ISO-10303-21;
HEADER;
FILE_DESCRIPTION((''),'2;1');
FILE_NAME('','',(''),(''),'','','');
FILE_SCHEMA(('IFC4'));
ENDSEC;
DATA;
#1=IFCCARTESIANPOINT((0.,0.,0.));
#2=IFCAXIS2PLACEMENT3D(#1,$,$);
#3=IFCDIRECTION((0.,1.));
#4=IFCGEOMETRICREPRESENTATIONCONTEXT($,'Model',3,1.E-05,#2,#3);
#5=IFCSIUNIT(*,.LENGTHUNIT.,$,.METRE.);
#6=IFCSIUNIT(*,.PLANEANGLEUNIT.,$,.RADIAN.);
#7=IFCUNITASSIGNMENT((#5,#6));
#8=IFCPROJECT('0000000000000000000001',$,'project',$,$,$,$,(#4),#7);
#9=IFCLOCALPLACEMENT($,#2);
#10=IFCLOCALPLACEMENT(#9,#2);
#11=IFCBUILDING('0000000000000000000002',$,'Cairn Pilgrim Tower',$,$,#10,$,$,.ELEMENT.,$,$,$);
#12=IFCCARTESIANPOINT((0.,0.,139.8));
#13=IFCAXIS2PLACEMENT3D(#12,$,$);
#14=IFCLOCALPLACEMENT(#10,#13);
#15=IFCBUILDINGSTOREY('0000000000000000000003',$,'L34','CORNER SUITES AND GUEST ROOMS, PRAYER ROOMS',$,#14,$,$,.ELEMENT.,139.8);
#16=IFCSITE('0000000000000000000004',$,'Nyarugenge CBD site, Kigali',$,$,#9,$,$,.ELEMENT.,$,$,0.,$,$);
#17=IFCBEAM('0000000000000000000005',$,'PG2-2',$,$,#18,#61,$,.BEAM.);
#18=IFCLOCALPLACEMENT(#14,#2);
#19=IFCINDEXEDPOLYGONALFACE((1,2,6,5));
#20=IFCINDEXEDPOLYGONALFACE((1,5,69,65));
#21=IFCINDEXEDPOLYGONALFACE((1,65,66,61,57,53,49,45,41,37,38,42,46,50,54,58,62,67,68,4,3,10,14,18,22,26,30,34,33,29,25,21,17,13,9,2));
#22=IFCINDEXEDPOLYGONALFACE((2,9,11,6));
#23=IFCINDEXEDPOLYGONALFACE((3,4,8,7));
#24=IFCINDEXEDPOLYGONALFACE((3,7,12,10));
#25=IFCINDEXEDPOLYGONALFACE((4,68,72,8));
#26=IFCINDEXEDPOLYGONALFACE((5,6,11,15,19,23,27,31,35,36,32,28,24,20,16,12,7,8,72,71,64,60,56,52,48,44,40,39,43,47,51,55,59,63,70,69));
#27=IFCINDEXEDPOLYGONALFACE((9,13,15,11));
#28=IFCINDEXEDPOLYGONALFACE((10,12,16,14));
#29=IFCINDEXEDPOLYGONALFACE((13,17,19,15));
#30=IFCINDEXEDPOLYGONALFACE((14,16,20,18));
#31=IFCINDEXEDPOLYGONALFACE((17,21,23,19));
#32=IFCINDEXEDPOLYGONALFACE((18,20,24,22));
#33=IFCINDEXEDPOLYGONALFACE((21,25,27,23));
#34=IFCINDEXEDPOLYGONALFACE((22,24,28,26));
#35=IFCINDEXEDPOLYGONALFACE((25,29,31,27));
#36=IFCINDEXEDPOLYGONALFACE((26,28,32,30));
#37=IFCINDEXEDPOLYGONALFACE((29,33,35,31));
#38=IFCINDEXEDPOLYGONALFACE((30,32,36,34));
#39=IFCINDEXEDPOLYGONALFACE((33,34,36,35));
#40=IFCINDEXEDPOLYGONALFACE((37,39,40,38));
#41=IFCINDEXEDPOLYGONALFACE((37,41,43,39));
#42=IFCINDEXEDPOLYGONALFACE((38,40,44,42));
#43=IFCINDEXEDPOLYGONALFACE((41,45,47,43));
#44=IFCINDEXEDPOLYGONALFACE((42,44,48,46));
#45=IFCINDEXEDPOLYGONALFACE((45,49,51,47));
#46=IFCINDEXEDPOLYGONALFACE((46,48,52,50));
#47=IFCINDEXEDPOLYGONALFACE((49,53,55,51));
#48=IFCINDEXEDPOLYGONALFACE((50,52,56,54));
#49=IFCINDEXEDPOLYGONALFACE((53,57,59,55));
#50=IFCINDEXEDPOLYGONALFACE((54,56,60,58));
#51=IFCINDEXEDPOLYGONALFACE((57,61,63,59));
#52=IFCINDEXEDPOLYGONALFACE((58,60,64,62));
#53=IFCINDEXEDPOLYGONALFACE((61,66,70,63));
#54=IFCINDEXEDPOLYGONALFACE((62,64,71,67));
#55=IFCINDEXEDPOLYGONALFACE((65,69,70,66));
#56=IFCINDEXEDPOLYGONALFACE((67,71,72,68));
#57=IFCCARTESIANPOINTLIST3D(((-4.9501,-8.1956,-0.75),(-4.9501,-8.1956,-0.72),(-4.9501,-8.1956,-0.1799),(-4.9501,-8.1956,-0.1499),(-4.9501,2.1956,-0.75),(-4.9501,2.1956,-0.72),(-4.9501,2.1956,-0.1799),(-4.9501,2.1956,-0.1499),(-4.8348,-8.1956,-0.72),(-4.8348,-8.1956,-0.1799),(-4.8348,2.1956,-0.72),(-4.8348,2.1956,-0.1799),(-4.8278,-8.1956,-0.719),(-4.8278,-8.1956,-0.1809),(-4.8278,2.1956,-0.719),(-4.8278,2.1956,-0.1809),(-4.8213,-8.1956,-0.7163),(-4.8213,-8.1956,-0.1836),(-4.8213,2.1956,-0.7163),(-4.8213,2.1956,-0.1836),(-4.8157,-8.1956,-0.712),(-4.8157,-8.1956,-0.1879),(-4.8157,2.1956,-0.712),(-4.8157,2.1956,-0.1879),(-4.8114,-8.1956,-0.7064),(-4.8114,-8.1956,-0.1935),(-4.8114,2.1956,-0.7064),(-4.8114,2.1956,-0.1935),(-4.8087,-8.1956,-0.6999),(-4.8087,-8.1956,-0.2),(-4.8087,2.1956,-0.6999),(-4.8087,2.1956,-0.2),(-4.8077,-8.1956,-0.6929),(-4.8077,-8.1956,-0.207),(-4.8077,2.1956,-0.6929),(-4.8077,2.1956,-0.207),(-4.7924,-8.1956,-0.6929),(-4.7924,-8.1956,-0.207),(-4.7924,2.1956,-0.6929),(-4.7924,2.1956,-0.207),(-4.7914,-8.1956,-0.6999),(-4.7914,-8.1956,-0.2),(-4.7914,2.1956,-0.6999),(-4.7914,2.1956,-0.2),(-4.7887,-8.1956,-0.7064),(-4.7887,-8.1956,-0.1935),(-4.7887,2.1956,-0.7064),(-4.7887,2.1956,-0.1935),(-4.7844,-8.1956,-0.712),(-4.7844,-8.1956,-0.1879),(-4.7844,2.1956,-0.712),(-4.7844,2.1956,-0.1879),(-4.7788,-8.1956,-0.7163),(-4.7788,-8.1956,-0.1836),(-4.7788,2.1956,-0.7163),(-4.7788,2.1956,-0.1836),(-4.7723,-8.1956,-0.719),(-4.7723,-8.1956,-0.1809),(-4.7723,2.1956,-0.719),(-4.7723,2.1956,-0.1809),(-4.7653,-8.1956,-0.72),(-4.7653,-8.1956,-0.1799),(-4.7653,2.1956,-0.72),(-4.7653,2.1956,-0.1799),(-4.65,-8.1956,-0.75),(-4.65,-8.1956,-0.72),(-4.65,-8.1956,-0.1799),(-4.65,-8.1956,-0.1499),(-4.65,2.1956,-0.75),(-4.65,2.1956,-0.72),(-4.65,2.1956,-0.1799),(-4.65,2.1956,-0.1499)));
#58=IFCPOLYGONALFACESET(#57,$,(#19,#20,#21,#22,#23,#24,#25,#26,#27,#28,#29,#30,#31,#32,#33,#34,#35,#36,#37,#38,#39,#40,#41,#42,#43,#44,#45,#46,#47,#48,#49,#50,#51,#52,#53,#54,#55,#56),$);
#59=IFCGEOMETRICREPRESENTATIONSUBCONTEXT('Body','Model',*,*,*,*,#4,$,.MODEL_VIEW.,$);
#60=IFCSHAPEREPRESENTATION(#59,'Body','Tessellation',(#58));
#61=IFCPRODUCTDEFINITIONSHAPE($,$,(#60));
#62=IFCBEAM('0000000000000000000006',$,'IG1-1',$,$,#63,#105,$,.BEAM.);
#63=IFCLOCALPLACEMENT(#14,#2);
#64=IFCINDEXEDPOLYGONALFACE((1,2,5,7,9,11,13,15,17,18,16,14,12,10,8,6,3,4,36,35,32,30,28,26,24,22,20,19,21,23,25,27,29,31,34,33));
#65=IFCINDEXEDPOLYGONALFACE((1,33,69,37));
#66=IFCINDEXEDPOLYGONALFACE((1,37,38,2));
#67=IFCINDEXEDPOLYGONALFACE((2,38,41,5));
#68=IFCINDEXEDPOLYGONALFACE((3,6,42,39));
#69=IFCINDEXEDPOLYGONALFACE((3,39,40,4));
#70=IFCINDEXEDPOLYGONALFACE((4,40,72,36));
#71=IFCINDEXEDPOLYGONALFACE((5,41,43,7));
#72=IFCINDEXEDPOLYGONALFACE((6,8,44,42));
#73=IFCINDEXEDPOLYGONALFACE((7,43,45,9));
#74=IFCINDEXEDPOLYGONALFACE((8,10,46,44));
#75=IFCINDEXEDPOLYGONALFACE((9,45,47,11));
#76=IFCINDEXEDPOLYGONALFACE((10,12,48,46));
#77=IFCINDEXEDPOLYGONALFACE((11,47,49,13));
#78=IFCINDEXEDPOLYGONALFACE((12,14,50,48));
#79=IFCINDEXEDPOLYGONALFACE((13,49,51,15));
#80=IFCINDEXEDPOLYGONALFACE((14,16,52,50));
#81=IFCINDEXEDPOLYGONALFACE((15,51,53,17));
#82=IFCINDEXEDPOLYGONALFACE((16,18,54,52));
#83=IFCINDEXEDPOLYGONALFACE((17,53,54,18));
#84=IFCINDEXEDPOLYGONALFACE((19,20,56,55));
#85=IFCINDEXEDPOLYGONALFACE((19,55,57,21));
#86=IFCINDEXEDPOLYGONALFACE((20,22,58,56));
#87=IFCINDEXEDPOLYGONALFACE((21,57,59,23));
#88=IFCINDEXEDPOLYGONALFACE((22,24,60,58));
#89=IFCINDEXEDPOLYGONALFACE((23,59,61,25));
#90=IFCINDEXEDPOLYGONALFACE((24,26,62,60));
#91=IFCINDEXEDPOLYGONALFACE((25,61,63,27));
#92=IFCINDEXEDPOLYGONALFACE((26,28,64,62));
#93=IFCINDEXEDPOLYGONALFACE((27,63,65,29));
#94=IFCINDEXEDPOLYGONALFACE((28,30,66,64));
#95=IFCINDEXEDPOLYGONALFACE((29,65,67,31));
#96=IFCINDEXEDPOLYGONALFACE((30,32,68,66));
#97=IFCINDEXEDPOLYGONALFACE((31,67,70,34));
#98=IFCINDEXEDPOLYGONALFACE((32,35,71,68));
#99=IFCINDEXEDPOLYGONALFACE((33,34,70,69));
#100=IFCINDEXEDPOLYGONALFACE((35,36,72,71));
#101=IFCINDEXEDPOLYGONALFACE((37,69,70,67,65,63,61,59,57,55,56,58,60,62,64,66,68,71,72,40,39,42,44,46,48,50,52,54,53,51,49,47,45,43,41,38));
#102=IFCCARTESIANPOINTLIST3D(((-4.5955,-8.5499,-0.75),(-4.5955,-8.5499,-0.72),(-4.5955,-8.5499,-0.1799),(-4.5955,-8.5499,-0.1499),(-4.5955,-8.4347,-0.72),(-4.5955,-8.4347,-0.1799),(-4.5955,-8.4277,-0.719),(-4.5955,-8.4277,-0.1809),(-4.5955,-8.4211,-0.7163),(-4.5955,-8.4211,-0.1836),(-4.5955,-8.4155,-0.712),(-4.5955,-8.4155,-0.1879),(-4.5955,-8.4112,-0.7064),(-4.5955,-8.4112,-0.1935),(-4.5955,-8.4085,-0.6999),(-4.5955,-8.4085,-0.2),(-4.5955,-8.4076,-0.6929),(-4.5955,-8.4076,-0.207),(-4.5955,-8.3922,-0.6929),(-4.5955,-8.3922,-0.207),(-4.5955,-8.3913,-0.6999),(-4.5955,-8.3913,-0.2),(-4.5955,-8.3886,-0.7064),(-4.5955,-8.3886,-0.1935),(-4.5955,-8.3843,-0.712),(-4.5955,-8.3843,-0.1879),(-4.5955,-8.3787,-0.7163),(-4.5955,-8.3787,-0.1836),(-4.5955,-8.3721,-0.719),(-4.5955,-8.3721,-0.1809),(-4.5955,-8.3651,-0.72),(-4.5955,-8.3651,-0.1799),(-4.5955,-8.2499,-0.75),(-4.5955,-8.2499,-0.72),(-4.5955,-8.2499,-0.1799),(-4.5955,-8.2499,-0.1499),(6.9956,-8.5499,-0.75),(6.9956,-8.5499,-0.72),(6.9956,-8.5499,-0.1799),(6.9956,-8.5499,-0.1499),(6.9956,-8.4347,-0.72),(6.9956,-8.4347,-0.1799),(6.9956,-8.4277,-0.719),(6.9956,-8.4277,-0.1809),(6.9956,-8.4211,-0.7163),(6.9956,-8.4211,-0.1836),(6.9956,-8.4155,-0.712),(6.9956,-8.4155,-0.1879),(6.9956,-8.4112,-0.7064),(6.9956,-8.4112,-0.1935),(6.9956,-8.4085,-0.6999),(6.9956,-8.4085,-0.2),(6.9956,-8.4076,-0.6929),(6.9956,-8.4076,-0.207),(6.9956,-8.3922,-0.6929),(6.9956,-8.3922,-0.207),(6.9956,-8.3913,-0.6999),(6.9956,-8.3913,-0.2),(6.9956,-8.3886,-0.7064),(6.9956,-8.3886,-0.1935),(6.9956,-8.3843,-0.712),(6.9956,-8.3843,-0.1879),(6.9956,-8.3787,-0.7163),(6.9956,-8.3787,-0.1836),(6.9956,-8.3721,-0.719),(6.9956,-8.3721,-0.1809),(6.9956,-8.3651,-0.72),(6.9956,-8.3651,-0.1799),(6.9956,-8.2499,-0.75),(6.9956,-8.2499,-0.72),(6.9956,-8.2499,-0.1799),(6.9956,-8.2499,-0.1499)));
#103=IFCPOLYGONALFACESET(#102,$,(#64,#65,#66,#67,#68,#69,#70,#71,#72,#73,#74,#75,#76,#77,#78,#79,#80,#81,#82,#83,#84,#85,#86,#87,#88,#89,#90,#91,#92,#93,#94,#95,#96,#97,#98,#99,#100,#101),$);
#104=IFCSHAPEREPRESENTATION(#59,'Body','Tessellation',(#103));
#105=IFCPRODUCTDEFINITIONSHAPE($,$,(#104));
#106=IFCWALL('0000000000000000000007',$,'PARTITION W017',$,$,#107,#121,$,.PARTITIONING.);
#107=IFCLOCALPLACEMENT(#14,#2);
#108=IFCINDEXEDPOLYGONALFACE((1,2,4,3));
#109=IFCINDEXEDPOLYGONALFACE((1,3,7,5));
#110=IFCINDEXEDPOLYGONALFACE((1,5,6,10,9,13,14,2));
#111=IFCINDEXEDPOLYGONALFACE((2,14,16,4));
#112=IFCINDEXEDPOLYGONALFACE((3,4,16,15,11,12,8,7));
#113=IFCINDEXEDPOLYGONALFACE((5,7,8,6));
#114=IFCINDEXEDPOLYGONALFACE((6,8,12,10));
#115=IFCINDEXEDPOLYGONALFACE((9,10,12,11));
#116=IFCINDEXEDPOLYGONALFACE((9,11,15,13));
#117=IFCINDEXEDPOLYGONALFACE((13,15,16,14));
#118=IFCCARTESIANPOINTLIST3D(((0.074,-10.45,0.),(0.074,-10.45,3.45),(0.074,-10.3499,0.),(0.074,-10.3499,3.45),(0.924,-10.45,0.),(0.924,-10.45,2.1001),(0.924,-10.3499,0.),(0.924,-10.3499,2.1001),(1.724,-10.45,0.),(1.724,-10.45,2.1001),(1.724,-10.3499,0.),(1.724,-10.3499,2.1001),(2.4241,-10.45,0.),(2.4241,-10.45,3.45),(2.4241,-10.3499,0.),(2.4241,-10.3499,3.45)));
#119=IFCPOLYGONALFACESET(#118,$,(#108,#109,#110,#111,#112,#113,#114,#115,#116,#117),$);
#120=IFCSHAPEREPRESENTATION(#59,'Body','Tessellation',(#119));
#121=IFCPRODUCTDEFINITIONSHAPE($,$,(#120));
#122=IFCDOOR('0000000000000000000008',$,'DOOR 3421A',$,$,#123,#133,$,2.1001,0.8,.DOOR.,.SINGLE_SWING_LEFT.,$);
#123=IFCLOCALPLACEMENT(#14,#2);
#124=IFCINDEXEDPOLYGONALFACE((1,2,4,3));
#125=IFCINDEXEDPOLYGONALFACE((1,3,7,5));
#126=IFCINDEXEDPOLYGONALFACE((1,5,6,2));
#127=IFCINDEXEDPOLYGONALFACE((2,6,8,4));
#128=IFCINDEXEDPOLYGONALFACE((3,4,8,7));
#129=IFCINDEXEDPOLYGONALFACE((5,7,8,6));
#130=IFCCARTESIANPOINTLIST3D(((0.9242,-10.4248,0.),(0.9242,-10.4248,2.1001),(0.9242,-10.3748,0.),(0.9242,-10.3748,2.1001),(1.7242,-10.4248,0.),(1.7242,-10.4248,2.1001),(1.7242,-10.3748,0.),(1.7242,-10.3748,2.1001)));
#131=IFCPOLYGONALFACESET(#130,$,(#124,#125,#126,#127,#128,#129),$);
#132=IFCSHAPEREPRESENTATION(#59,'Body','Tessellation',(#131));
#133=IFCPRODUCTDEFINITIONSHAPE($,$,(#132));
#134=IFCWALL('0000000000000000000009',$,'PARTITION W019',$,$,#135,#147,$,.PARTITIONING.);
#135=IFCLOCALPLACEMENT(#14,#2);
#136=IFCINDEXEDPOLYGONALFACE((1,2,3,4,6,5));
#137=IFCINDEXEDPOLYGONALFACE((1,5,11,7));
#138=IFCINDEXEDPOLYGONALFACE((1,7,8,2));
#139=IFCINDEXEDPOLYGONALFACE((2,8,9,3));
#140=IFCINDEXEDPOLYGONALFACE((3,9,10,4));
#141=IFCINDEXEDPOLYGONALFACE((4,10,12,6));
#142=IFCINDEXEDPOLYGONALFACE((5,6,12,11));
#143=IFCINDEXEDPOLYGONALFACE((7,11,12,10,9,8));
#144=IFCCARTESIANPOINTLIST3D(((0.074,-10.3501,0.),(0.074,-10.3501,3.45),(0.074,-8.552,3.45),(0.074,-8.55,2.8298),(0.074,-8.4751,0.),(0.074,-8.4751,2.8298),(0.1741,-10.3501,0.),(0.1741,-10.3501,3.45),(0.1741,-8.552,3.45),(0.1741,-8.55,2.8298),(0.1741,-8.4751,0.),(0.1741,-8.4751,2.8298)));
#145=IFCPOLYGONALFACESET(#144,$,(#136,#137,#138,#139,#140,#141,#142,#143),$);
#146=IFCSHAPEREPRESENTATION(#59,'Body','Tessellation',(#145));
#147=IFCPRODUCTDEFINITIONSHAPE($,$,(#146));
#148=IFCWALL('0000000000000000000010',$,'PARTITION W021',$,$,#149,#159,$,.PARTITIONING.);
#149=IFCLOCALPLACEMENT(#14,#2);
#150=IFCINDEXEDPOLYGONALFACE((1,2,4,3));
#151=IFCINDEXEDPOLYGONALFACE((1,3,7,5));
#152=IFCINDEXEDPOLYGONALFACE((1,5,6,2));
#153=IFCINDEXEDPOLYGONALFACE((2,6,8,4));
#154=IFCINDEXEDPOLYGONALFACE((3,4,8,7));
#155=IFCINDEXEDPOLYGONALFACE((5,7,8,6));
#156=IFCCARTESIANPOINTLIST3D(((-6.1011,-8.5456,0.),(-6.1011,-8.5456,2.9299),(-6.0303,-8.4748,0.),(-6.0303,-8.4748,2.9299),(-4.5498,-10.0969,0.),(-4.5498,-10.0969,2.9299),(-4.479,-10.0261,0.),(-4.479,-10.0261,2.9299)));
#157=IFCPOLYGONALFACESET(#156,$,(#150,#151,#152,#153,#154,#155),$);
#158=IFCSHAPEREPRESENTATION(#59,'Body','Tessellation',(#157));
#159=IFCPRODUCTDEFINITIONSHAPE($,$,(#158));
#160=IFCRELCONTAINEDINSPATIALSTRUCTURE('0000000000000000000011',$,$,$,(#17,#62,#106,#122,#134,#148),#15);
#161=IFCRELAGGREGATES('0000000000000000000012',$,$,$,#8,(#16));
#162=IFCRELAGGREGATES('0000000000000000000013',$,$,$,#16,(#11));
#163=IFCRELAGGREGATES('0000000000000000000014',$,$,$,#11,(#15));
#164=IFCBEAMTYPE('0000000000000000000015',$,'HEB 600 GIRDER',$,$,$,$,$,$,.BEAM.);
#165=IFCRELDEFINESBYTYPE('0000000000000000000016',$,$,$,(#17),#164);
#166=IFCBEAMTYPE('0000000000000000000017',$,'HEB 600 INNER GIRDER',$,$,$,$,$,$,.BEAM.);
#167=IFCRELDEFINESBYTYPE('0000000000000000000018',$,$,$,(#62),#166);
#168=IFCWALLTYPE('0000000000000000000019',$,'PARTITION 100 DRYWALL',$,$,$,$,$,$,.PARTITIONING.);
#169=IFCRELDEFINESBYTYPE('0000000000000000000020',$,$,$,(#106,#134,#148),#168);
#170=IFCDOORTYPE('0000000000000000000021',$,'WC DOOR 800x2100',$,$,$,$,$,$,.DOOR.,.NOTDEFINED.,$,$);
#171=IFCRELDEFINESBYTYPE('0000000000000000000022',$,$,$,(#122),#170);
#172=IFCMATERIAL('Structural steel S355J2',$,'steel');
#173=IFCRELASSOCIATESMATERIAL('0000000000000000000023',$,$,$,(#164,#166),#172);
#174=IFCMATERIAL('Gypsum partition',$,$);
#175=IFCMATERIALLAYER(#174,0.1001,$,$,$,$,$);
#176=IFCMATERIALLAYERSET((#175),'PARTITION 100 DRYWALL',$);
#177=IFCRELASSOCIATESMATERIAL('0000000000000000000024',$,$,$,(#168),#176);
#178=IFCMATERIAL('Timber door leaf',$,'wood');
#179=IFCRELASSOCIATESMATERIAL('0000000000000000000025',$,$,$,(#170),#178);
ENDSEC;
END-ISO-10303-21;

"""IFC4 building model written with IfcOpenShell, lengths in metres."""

from ifc_helpers import new_model, si_unit, direction, frame, frame_2d, origin, origin_2d, place, context, subcontext, project, spatial, polyline, rectangle, i_section, outline, extrude, material, layer, layer_set, material_profile, profile_set, type_object, element, fill, save


model = new_model("IFC4")

# Units and contexts
model_context = context("Model", 3, precision=1e-05, world=origin(), true_north=direction((0.0, 1.0)))
body_context = subcontext(model_context, "Body", "Model", "MODEL_VIEW")
ifc_project = project(units=[si_unit("LENGTHUNIT", "METRE"), si_unit("PLANEANGLEUNIT", "RADIAN")], contexts=[model_context])

# Site, building, storey
site_placement = place(None, origin())
site = spatial("IfcSite", under=ifc_project, at=site_placement, Name="Nyarugenge CBD site, Kigali", CompositionType="ELEMENT", RefElevation=0.0)
building_placement = place(site_placement, origin())
building = spatial("IfcBuilding", under=site, at=building_placement, Name="Cairn Pilgrim Tower", CompositionType="ELEMENT")
storey_placement = place(building_placement, frame((0.0, 0.0, 139.8)))
storey = spatial("IfcBuildingStorey", under=building, at=storey_placement, Name="L34", Description="CORNER SUITES AND GUEST ROOMS, PRAYER ROOMS", CompositionType="ELEMENT", Elevation=139.8)

# Beams
ifc_material_1 = material(Name="Structural steel S355J2", Category="steel")
ifc_material_profile_1 = material_profile(ifc_material_1, i_section(OverallWidth=0.3, OverallDepth=0.6001, WebThickness=0.0154, FlangeThickness=0.03, FilletRadius=0.0271, at=origin_2d()), Name="HEB 600")
ifc_profile_set_1 = profile_set([ifc_material_profile_1], Name="Structural steel S355J2")
beam_type_1 = type_object("IfcBeamType", Name="HEB 600 GIRDER", PredefinedType="BEAM", material=ifc_profile_set_1)
beam_1_placement = place(storey_placement, frame((-4.8, -8.1956, -0.45), z_axis=(0.0, 1.0, 0.0), x_axis=(-1.0, 0.0, 0.0)))
element("IfcBeam", 1, at=beam_1_placement, inside=storey, type_object=beam_type_1, Name="PG2-2", PredefinedType="BEAM", context=body_context, shape_type="SweptSolid", body=[
    extrude(i_section(OverallWidth=0.3, OverallDepth=0.6001, WebThickness=0.0154, FlangeThickness=0.03, FilletRadius=0.0271, at=origin_2d()), origin(), (0.0, 0.0, 1.0), 10.3911),
])
ifc_material_profile_2 = material_profile(ifc_material_1, i_section(OverallWidth=0.3, OverallDepth=0.6001, WebThickness=0.0154, FlangeThickness=0.03, FilletRadius=0.0271, at=origin_2d()), Name="HEB 600")
ifc_profile_set_2 = profile_set([ifc_material_profile_2], Name="Structural steel S355J2")
beam_type_2 = type_object("IfcBeamType", Name="HEB 600 INNER GIRDER", PredefinedType="BEAM", material=ifc_profile_set_2)
beam_2_placement = place(storey_placement, frame((-4.5955, -8.3999, -0.45), z_axis=(1.0, 0.0, 0.0), x_axis=(0.0, 1.0, 0.0)))
element("IfcBeam", 2, at=beam_2_placement, inside=storey, type_object=beam_type_2, Name="IG1-1", PredefinedType="BEAM", context=body_context, shape_type="SweptSolid", body=[
    extrude(i_section(OverallWidth=0.3, OverallDepth=0.6001, WebThickness=0.0154, FlangeThickness=0.03, FilletRadius=0.0271, at=origin_2d()), origin(), (0.0, 0.0, 1.0), 11.5911),
])

# Wall, opening, door
ifc_material_2 = material(Name="Gypsum partition")
ifc_layer_1 = layer(ifc_material_2, 0.1001)
ifc_layer_set_1 = layer_set([ifc_layer_1], Name="PARTITION 100 DRYWALL")
wall_type_1 = type_object("IfcWallType", Name="PARTITION 100 DRYWALL", PredefinedType="PARTITIONING", material=ifc_layer_set_1)
wall_1_placement = place(storey_placement, frame((0.074, -10.3999, 0.0), z_axis=(0.0, 0.0, 1.0), x_axis=(1.0, 0.0, 0.0)))
wall_1 = element("IfcWall", 3, at=wall_1_placement, inside=storey, type_object=wall_type_1, Name="PARTITION W017", PredefinedType="PARTITIONING", context=body_context, shape_type="SweptSolid", body=[
    extrude(rectangle(XDim=2.3501, YDim=0.1001, at=frame_2d((1.175, 0.0))), origin(), (0.0, 0.0, 1.0), 3.45),
])
opening_1_placement = place(wall_1_placement, frame((0.8501, 0.0, 0.0)))
opening_1 = element("IfcOpeningElement", 4, at=opening_1_placement, cuts=wall_1, PredefinedType="OPENING", context=body_context, shape_type="SweptSolid", body=[
    extrude(rectangle(XDim=0.8, YDim=2.1001, at=frame_2d((0.3999, 1.05))), frame((0.0, 0.0601, 0.0), z_axis=(0.0, -1.0, 0.0), x_axis=(1.0, 0.0, 0.0)), (0.0, 0.0, 1.0), 0.1201),
])
ifc_material_3 = material(Name="Timber door leaf", Category="wood")
door_type_1 = type_object("IfcDoorType", Name="WC DOOR 800x2100", OperationType="NOTDEFINED", PredefinedType="DOOR", material=ifc_material_3)
door_1_placement = place(opening_1_placement, frame((0.8, 0.0, 0.0), z_axis=(0.0, 0.0, 1.0), x_axis=(-1.0, 0.0, 0.0)))
door_1 = element("IfcDoor", 5, at=door_1_placement, inside=storey, type_object=door_type_1, Name="DOOR 3421A", OperationType="SINGLE_SWING_LEFT", OverallHeight=2.1001, OverallWidth=0.8, PredefinedType="DOOR", context=body_context, shape_type="SweptSolid", body=[
    extrude(rectangle(XDim=0.8, YDim=2.1001, at=frame_2d((0.3999, 1.05))), frame((0.0, 0.0249, 0.0), z_axis=(0.0, -1.0, 0.0), x_axis=(1.0, 0.0, 0.0)), (0.0, 0.0, 1.0), 0.05),
])
fill(opening_1, door_1)

# Walls
wall_2_placement = place(storey_placement, frame((0.124, -10.3501, 0.0), z_axis=(0.0, 0.0, 1.0), x_axis=(0.0, 1.0, 0.0)))
element("IfcWall", 6, at=wall_2_placement, inside=storey, type_object=wall_type_1, Name="PARTITION W019", PredefinedType="PARTITIONING", context=body_context, shape_type="SweptSolid", body=[
    extrude(outline(polyline([(0.0, 0.0), (1.875, 0.0), (1.875, 2.8298), (1.8, 2.8298), (1.7981, 3.45), (0.0, 3.45), (0.0, 0.0)])), frame((0.0, 0.05, 0.0), z_axis=(0.0, -1.0, 0.0), x_axis=(1.0, 0.0, 0.0)), (0.0, 0.0, 1.0), 0.1001),
])
wall_3_placement = place(storey_placement, frame((-4.5144, -10.0615, 0.0), z_axis=(0.0, 0.0, 1.0), x_axis=(-0.707107, 0.707107, 0.0)))
element("IfcWall", 7, at=wall_3_placement, inside=storey, type_object=wall_type_1, Name="PARTITION W021", PredefinedType="PARTITIONING", context=body_context, shape_type="SweptSolid", body=[
    extrude(rectangle(XDim=2.1938, YDim=0.1001, at=frame_2d((1.0969, 0.0))), origin(), (0.0, 0.0, 1.0), 2.9299),
])

save(model, "model.ifc")
